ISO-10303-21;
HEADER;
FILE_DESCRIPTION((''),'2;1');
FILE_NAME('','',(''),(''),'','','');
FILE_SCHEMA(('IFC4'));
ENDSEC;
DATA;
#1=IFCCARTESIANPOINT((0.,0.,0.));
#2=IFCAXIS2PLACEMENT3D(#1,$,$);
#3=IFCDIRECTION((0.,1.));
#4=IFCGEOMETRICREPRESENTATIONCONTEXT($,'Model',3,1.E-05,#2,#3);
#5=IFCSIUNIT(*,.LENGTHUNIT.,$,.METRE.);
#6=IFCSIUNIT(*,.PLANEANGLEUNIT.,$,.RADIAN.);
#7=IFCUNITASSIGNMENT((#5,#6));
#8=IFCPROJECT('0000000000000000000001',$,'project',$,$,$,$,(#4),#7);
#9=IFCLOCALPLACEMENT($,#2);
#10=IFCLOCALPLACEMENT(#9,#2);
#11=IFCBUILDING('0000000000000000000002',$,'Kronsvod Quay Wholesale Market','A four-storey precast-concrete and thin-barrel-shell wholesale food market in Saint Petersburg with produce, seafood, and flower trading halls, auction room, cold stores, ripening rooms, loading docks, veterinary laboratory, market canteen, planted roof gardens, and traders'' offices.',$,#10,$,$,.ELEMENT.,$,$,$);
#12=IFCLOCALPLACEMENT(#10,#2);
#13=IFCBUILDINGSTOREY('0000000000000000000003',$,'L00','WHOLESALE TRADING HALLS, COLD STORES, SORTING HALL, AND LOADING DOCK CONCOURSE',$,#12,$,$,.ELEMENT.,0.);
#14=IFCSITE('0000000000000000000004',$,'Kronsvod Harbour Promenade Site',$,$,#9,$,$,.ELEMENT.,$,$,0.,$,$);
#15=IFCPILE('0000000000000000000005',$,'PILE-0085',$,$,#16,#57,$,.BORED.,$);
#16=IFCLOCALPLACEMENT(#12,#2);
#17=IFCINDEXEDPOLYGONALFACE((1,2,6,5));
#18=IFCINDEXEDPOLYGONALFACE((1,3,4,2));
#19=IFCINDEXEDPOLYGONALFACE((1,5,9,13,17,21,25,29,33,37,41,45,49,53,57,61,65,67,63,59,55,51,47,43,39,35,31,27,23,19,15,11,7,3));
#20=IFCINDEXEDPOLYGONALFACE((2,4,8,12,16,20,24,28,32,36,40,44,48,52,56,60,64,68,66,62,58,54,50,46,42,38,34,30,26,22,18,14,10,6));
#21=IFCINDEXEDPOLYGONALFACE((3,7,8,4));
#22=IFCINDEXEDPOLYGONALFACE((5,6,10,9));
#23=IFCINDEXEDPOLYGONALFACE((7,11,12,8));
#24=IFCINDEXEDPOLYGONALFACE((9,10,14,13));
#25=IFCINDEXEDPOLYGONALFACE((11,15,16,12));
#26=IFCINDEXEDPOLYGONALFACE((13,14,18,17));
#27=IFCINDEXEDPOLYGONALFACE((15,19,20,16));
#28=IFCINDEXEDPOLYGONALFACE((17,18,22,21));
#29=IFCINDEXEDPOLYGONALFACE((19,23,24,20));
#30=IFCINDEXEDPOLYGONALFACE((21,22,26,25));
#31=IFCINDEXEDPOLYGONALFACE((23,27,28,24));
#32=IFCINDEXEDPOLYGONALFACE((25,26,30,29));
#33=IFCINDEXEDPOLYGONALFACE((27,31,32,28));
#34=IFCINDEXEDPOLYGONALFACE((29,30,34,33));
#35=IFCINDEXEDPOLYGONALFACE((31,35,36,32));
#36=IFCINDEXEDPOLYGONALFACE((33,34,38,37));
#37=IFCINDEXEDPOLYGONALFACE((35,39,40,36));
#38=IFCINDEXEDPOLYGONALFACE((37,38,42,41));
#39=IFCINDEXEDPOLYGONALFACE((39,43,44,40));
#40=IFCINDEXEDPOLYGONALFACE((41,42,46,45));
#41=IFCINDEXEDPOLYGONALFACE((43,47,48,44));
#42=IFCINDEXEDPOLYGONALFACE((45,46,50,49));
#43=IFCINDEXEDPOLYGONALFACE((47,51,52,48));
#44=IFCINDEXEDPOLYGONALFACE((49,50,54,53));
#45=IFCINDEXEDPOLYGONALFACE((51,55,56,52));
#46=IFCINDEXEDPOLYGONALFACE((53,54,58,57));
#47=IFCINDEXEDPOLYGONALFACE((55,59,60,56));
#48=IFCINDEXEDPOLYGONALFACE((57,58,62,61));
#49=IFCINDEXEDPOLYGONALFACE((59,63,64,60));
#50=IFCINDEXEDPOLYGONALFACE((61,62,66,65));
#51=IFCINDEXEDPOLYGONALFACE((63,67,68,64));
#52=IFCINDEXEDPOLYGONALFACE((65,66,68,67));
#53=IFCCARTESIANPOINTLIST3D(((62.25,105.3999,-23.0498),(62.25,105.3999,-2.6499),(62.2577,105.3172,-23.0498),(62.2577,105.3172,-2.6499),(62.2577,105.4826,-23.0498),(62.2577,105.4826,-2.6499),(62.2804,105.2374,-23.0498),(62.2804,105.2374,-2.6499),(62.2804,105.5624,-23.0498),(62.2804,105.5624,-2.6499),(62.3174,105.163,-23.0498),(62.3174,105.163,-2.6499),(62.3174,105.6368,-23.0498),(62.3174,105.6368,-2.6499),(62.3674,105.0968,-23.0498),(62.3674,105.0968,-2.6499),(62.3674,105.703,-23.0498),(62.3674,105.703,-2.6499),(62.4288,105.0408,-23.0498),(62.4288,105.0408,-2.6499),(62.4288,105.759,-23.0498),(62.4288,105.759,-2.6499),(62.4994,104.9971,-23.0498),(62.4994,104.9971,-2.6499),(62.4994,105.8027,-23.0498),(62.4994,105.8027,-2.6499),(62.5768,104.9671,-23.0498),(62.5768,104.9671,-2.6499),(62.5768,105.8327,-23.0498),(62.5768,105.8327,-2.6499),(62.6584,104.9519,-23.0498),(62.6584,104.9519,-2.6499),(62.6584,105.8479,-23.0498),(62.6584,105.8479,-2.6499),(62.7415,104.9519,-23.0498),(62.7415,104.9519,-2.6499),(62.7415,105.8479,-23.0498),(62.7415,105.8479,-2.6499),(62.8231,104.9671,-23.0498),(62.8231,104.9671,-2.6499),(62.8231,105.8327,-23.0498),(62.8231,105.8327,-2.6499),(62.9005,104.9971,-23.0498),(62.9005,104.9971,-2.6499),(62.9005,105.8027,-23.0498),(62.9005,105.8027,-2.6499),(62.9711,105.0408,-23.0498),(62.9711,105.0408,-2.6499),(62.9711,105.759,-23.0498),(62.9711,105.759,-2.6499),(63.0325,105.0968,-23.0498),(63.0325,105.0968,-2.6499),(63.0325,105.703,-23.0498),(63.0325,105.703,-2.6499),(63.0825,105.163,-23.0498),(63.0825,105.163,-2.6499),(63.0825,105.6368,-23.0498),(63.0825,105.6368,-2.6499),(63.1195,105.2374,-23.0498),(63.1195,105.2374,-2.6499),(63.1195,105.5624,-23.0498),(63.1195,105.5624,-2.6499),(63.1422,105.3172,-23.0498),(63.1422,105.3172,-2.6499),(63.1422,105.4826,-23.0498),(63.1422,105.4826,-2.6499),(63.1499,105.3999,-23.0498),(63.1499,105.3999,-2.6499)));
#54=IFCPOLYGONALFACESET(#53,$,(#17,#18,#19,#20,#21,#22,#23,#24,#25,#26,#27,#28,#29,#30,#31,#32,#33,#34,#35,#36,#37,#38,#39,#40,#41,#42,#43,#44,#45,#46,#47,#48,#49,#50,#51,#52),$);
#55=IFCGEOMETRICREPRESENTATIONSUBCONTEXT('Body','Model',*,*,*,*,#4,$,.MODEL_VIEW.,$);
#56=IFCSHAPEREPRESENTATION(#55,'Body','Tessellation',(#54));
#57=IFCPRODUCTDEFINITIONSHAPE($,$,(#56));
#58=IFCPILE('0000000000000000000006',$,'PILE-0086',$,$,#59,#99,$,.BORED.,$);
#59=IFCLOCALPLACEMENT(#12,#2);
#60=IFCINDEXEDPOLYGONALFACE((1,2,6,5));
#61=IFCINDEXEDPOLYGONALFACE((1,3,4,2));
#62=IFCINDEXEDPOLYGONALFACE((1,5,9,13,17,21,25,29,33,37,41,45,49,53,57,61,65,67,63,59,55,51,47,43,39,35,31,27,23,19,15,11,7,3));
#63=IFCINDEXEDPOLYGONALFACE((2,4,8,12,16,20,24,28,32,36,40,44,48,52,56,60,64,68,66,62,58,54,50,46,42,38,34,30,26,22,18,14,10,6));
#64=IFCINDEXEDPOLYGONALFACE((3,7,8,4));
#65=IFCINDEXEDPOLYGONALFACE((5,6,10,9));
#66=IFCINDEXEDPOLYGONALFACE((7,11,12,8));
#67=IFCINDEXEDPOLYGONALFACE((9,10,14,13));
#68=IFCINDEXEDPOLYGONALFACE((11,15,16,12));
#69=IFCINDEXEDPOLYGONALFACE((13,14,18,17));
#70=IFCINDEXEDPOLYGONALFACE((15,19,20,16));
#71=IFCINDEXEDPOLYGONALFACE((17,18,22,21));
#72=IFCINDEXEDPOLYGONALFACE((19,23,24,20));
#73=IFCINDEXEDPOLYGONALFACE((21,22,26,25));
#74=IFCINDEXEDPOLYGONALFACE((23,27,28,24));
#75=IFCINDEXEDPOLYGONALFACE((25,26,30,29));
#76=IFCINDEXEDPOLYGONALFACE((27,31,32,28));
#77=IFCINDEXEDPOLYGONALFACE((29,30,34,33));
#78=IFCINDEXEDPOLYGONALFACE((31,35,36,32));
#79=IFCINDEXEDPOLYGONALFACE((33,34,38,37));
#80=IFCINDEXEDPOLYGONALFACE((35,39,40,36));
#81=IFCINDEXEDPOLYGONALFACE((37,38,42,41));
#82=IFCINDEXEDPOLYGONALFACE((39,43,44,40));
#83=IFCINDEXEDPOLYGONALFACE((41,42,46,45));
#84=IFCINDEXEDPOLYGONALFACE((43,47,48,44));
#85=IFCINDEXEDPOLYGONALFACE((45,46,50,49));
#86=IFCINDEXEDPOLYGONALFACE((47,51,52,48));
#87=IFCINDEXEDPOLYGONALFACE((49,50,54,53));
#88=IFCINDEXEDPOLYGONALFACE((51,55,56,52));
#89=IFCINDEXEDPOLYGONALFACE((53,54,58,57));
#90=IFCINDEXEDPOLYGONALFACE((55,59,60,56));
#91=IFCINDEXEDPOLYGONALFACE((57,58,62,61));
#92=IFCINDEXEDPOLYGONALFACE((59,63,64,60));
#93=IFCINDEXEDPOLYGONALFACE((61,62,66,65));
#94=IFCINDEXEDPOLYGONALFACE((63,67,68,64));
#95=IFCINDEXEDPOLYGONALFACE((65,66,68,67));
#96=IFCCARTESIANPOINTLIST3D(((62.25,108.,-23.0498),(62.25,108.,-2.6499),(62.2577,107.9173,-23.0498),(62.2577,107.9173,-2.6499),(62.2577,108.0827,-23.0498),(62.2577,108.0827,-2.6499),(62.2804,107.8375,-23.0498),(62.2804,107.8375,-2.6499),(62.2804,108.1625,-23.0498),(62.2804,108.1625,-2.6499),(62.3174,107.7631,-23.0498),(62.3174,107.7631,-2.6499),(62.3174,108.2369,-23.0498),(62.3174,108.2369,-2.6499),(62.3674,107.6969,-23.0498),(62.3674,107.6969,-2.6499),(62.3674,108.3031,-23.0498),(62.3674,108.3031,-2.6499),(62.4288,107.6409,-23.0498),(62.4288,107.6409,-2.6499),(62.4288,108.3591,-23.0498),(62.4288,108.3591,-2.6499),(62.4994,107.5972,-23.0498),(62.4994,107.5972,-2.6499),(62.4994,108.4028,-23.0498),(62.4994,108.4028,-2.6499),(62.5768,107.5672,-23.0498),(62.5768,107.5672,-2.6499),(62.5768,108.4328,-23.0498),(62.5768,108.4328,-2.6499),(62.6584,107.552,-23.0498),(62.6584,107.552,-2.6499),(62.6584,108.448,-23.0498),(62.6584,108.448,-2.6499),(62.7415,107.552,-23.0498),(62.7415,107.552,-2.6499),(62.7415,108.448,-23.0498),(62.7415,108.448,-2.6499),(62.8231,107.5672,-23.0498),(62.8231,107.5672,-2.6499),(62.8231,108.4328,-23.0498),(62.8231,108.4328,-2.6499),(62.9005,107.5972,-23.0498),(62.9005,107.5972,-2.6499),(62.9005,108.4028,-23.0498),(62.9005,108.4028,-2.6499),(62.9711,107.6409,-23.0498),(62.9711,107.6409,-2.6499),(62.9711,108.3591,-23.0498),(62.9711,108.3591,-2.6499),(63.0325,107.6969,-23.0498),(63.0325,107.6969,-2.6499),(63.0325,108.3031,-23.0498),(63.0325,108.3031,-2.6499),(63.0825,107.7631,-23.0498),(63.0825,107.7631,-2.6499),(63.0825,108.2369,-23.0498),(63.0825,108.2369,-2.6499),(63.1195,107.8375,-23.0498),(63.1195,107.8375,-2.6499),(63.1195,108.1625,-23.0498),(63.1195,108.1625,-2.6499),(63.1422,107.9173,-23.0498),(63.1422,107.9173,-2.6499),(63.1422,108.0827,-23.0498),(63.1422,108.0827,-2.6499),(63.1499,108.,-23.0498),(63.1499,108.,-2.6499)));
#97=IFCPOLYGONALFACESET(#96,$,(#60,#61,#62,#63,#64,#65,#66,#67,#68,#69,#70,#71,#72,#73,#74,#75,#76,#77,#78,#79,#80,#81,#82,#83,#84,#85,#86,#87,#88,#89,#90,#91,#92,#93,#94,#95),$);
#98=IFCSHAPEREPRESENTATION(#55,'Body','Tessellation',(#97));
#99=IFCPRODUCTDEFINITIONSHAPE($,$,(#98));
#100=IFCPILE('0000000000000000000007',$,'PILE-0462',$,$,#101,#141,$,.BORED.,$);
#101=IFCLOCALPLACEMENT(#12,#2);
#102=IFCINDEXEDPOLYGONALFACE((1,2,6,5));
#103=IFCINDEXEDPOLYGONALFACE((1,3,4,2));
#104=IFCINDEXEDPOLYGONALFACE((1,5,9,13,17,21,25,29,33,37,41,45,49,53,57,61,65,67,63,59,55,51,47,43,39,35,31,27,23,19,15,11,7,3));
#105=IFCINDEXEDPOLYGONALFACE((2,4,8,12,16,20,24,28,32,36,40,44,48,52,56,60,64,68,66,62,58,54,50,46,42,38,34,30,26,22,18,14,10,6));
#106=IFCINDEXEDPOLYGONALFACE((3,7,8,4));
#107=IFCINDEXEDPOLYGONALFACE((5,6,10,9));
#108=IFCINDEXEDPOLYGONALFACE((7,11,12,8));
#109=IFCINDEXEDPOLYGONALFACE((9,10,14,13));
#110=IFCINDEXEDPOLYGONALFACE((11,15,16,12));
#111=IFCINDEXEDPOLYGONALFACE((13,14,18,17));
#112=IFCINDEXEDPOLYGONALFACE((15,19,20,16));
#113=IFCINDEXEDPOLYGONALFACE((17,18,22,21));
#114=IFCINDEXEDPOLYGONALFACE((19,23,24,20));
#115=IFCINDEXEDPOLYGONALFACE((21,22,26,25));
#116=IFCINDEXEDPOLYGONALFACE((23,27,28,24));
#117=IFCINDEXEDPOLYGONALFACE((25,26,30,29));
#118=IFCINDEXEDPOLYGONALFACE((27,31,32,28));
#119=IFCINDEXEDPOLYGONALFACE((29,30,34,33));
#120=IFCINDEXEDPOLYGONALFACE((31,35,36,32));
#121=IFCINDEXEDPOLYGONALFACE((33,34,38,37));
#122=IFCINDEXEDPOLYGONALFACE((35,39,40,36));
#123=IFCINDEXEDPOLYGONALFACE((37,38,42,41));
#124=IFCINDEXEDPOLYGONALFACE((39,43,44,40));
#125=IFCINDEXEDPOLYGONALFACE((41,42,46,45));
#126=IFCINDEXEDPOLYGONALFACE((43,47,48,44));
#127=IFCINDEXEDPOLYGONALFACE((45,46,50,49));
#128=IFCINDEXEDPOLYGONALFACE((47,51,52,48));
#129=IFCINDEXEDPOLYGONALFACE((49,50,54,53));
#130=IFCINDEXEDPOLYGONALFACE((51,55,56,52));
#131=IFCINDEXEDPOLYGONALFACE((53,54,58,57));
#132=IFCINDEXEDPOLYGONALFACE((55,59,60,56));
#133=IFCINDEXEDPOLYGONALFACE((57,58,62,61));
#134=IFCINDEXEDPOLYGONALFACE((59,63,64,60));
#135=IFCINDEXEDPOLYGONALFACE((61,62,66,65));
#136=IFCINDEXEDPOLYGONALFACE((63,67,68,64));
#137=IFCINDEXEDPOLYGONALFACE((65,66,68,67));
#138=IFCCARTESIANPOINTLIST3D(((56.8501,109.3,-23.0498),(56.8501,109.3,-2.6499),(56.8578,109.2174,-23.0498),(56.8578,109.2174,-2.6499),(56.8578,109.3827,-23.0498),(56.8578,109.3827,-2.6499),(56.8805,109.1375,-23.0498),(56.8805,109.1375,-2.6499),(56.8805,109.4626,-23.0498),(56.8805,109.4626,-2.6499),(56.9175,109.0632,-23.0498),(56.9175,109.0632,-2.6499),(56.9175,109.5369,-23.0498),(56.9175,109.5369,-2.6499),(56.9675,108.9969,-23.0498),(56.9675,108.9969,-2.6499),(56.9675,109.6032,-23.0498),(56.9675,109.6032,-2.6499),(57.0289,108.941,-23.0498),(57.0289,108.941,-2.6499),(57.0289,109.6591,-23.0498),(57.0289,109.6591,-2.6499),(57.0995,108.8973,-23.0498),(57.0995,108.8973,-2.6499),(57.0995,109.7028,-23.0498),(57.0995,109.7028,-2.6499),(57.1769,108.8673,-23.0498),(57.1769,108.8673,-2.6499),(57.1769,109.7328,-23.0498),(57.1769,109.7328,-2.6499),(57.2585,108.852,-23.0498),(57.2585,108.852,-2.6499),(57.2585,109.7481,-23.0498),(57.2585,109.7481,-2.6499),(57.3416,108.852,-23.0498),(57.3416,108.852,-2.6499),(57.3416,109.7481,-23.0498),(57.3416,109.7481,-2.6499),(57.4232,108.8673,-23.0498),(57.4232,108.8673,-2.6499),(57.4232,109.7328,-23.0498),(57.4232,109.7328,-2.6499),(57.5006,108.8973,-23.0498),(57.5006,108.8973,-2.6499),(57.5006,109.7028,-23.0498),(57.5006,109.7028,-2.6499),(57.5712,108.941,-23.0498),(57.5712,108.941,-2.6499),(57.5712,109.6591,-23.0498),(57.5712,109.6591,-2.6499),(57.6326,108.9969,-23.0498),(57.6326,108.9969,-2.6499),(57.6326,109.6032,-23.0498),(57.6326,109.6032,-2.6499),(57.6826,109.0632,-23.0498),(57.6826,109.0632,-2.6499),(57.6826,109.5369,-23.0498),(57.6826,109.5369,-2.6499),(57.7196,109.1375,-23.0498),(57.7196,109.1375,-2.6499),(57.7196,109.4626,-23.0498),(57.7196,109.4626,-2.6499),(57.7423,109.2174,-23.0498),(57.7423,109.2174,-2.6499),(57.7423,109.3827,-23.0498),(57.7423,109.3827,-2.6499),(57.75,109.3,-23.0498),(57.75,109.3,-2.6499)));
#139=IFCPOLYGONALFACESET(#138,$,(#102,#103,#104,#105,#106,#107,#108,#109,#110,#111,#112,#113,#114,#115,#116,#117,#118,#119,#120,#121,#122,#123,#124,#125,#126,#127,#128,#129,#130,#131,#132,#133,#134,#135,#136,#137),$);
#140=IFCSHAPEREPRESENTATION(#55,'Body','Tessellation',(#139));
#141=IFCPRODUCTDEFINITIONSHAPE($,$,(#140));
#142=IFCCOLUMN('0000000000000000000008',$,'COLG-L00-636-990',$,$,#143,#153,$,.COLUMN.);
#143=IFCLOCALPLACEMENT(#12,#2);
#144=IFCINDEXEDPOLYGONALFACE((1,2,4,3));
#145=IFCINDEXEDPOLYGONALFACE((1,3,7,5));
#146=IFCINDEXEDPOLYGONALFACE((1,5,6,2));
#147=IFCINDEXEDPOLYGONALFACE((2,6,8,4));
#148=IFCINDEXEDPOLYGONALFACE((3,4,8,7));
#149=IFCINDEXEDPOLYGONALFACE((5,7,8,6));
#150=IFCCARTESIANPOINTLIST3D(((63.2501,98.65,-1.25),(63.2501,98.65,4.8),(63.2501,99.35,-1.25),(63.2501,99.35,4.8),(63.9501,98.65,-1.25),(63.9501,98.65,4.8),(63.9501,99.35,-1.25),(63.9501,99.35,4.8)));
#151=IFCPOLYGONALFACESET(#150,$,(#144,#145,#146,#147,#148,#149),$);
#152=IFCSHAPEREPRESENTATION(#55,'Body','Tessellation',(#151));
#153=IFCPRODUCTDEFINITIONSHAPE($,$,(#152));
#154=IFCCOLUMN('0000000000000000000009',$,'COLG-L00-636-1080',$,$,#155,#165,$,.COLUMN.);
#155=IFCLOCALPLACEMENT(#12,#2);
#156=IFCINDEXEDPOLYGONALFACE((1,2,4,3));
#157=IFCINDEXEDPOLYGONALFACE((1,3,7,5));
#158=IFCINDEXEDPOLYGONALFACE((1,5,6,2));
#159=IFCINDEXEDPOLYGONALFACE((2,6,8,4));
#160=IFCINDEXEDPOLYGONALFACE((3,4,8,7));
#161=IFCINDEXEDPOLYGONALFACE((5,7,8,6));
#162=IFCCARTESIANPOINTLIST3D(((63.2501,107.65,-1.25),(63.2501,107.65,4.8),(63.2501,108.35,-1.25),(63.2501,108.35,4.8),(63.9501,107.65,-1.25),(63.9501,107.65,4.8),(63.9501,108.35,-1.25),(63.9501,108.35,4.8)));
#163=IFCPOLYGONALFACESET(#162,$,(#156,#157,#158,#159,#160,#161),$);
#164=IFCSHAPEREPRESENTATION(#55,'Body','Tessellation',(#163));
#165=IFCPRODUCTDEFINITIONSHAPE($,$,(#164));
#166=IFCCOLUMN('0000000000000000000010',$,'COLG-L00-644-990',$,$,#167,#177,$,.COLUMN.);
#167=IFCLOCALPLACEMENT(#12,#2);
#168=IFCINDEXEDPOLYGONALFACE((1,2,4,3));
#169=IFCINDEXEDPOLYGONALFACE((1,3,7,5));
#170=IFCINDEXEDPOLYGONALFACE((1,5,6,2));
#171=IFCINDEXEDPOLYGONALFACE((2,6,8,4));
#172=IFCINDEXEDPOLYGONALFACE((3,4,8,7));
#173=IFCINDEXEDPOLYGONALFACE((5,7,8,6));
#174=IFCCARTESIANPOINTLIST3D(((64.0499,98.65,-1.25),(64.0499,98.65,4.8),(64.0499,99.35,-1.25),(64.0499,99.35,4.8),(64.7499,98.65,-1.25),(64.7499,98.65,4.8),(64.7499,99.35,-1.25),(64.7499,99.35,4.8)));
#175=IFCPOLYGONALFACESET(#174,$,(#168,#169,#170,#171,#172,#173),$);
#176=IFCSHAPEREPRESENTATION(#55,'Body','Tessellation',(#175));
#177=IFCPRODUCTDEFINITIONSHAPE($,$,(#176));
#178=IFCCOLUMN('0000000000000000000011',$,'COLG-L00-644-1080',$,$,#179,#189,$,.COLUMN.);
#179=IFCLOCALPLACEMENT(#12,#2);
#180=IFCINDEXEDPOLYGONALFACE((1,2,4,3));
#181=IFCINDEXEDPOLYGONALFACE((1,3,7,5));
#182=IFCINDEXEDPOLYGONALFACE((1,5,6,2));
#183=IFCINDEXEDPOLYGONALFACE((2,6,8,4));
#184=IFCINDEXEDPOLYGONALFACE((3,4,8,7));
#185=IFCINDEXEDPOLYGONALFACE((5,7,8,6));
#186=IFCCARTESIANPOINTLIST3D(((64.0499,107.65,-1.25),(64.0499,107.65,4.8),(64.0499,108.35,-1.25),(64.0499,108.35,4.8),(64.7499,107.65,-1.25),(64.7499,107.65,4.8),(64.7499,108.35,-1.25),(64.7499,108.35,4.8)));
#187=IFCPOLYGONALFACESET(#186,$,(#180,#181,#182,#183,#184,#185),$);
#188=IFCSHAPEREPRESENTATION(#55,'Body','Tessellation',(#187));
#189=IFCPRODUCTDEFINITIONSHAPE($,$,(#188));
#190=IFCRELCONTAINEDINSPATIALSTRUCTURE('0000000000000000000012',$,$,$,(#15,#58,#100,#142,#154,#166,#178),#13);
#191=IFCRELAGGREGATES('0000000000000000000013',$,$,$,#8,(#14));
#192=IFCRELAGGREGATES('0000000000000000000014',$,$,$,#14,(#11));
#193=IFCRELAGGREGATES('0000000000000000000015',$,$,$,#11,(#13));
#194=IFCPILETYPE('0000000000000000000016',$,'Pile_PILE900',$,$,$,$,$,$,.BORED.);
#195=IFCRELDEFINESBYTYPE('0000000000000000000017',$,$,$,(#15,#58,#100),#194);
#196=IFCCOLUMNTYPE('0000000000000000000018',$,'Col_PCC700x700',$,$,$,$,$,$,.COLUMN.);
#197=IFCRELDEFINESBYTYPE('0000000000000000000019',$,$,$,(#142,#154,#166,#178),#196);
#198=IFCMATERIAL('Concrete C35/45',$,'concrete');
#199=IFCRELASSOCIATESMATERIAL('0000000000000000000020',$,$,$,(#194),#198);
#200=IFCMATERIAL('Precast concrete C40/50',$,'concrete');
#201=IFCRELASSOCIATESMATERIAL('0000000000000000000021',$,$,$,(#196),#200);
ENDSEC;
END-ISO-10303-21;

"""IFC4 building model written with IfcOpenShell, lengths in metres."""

from ifc_helpers import new_model, si_unit, direction, frame, origin, origin_2d, place, context, subcontext, project, spatial, rectangle, circle, extrude, material, material_profile, profile_set, type_object, element, save


model = new_model("IFC4")

# Units and contexts
model_context = context("Model", 3, precision=1e-05, world=origin(), true_north=direction((0.0, 1.0)))
body_context = subcontext(model_context, "Body", "Model", "MODEL_VIEW")
ifc_project = project(units=[si_unit("LENGTHUNIT", "METRE"), si_unit("PLANEANGLEUNIT", "RADIAN")], contexts=[model_context])

# Site, building, storey
site_placement = place(None, origin())
site = spatial("IfcSite", under=ifc_project, at=site_placement, Name="Kronsvod Harbour Promenade Site", CompositionType="ELEMENT", RefElevation=0.0)
building_placement = place(site_placement, origin())
building = spatial("IfcBuilding", under=site, at=building_placement, Name="Kronsvod Quay Wholesale Market", Description="A four-storey precast-concrete and thin-barrel-shell wholesale food market in Saint Petersburg with produce, seafood, and flower trading halls, auction room, cold stores, ripening rooms, loading docks, veterinary laboratory, market canteen, planted roof gardens, and traders' offices.", CompositionType="ELEMENT")
storey_placement = place(building_placement, origin())
storey = spatial("IfcBuildingStorey", under=building, at=storey_placement, Name="L00", Description="WHOLESALE TRADING HALLS, COLD STORES, SORTING HALL, AND LOADING DOCK CONCOURSE", CompositionType="ELEMENT", Elevation=0.0)

# Piles
ifc_material_1 = material(Name="Concrete C35/45", Category="concrete")
ifc_material_profile_1 = material_profile(ifc_material_1, circle(Radius=0.45, at=origin_2d()), Name="PILE900")
ifc_profile_set_1 = profile_set([ifc_material_profile_1], Name="Concrete C35/45")
pile_type = type_object("IfcPileType", Name="Pile_PILE900", PredefinedType="BORED", material=ifc_profile_set_1)
for number, where, z_axis, x_axis, name in (
    (1, (62.7, 105.3999, -2.6499), (0.0, 0.0, -1.0), (1.0, 0.0, 0.0), "PILE-0085"),
    (2, (62.7, 108.0, -2.6499), (0.0, 0.0, -1.0), (1.0, 0.0, 0.0), "PILE-0086"),
    (3, (57.3, 109.3, -2.6499), (0.0, 0.0, -1.0), (1.0, 0.0, 0.0), "PILE-0462"),
):
    element("IfcPile", number, at=place(storey_placement, frame(where, z_axis=z_axis, x_axis=x_axis)), inside=storey, type_object=pile_type, Name=name, PredefinedType="BORED", context=body_context, shape_type="SweptSolid", body=[
        extrude(circle(Radius=0.45, at=origin_2d()), origin(), (0.0, 0.0, 1.0), 20.3999),
    ])

# Columns
ifc_material_2 = material(Name="Precast concrete C40/50", Category="concrete")
ifc_material_profile_2 = material_profile(ifc_material_2, rectangle(XDim=0.7, YDim=0.7, at=origin_2d()), Name="PCC700x700")
ifc_profile_set_2 = profile_set([ifc_material_profile_2], Name="Precast concrete C40/50")
column_type = type_object("IfcColumnType", Name="Col_PCC700x700", PredefinedType="COLUMN", material=ifc_profile_set_2)
for number, where, z_axis, x_axis, name in (
    (4, (63.6001, 99.0, -1.25), (0.0, 0.0, 1.0), (1.0, 0.0, 0.0), "COLG-L00-636-990"),
    (5, (63.6001, 108.0, -1.25), (0.0, 0.0, 1.0), (1.0, 0.0, 0.0), "COLG-L00-636-1080"),
    (6, (64.3999, 99.0, -1.25), (0.0, 0.0, 1.0), (1.0, 0.0, 0.0), "COLG-L00-644-990"),
    (7, (64.3999, 108.0, -1.25), (0.0, 0.0, 1.0), (1.0, 0.0, 0.0), "COLG-L00-644-1080"),
):
    element("IfcColumn", number, at=place(storey_placement, frame(where, z_axis=z_axis, x_axis=x_axis)), inside=storey, type_object=column_type, Name=name, PredefinedType="COLUMN", context=body_context, shape_type="SweptSolid", body=[
        extrude(rectangle(XDim=0.7, YDim=0.7, at=origin_2d()), origin(), (0.0, 0.0, 1.0), 6.05),
    ])

save(model, "model.ifc")
